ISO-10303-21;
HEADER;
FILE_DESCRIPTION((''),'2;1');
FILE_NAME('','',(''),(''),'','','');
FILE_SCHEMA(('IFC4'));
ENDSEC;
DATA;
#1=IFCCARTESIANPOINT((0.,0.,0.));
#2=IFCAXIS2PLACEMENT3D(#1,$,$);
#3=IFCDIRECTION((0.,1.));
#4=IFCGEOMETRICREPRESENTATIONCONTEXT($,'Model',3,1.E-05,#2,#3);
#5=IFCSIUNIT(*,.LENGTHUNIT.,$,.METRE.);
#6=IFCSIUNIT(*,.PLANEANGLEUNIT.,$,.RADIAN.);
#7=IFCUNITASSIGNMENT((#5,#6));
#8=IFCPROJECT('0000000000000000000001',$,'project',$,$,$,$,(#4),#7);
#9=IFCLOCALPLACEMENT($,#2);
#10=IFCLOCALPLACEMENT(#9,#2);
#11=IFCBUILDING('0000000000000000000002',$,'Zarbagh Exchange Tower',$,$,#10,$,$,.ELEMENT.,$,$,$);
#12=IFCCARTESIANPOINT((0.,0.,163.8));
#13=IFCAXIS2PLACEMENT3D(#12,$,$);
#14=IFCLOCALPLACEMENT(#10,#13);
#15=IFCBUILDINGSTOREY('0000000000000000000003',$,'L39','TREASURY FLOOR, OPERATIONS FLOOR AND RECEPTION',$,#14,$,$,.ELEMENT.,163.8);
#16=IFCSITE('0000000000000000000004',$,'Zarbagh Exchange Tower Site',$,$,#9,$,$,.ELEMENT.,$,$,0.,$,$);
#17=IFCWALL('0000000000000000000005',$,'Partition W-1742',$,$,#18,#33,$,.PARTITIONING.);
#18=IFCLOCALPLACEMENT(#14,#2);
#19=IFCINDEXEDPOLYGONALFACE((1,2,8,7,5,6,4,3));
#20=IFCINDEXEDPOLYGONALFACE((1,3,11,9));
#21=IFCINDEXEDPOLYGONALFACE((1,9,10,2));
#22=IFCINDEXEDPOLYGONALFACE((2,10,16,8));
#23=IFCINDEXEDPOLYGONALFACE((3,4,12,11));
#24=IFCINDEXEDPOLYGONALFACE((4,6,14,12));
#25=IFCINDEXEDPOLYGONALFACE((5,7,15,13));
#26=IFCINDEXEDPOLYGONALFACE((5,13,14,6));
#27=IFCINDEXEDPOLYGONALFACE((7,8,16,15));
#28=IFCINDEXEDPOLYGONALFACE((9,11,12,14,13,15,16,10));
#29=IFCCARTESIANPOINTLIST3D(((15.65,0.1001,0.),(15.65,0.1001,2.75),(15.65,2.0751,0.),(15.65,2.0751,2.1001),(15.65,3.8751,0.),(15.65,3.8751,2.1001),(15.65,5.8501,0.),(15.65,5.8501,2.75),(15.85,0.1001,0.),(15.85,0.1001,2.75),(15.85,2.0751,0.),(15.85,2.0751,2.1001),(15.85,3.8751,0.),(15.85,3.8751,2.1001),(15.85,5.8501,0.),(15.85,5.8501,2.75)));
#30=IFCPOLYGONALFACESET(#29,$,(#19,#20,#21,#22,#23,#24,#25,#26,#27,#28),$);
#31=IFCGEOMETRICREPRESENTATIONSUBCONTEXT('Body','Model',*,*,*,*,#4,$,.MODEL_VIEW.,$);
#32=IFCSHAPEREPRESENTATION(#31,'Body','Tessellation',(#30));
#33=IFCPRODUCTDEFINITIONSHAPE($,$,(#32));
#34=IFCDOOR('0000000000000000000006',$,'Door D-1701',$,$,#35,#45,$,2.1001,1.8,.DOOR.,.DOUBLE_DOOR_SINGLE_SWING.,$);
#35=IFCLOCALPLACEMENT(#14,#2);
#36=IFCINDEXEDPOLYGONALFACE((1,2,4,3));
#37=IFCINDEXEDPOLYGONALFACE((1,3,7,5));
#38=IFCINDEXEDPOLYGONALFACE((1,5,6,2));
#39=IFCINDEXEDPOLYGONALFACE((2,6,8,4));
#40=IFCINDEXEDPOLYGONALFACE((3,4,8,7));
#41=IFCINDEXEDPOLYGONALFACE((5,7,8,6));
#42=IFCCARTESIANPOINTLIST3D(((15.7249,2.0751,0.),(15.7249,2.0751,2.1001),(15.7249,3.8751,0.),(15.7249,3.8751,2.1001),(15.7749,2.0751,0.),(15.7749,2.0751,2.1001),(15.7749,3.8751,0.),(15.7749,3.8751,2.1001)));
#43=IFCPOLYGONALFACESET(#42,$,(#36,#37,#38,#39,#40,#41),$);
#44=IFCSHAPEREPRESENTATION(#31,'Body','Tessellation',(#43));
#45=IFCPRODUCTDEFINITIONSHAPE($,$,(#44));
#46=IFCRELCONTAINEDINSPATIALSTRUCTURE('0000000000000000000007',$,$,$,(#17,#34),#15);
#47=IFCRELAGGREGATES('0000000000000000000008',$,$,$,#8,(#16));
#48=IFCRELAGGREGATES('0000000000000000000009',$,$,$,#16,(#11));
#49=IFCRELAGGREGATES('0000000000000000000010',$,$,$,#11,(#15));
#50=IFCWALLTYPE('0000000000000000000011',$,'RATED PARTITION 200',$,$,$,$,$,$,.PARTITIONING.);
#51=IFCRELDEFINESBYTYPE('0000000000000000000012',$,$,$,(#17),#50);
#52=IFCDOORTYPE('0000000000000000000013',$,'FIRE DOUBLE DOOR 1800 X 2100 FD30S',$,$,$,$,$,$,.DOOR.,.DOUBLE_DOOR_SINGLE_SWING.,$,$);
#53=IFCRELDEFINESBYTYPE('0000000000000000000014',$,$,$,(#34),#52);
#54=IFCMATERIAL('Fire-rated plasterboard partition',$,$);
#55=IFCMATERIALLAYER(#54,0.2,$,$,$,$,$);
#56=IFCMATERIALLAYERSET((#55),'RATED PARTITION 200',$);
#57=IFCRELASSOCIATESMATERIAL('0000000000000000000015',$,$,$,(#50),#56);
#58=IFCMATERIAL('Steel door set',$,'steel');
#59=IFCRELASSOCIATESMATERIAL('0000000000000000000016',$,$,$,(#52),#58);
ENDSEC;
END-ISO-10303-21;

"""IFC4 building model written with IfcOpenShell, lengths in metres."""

from ifc_helpers import new_model, si_unit, direction, frame, frame_2d, origin, place, context, subcontext, project, spatial, rectangle, extrude, material, layer, layer_set, type_object, element, fill, save


model = new_model("IFC4")

# Units and contexts
model_context = context("Model", 3, precision=1e-05, world=origin(), true_north=direction((0.0, 1.0)))
body_context = subcontext(model_context, "Body", "Model", "MODEL_VIEW")
ifc_project = project(units=[si_unit("LENGTHUNIT", "METRE"), si_unit("PLANEANGLEUNIT", "RADIAN")], contexts=[model_context])

# Site, building, storey
site_placement = place(None, origin())
site = spatial("IfcSite", under=ifc_project, at=site_placement, Name="Zarbagh Exchange Tower Site", CompositionType="ELEMENT", RefElevation=0.0)
building_placement = place(site_placement, origin())
building = spatial("IfcBuilding", under=site, at=building_placement, Name="Zarbagh Exchange Tower", CompositionType="ELEMENT")
storey_placement = place(building_placement, frame((0.0, 0.0, 163.8)))
storey = spatial("IfcBuildingStorey", under=building, at=storey_placement, Name="L39", Description="TREASURY FLOOR, OPERATIONS FLOOR AND RECEPTION", CompositionType="ELEMENT", Elevation=163.8)

# Shared definitions
ifc_material_1 = material(Name="Fire-rated plasterboard partition")
ifc_layer = layer(ifc_material_1, 0.2)
ifc_layer_set = layer_set([ifc_layer], Name="RATED PARTITION 200")
wall_type = type_object("IfcWallType", Name="RATED PARTITION 200", PredefinedType="PARTITIONING", material=ifc_layer_set)
ifc_material_2 = material(Name="Steel door set", Category="steel")

# Wall, opening, door
wall_1_placement = place(storey_placement, frame((15.75, 5.8501, 0.0), z_axis=(0.0, 0.0, 1.0), x_axis=(0.0, -1.0, 0.0)))
wall_1 = element("IfcWall", 1, at=wall_1_placement, inside=storey, type_object=wall_type, Name="Partition W-1742", PredefinedType="PARTITIONING", context=body_context, shape_type="SweptSolid", body=[
    extrude(rectangle(XDim=5.75, YDim=0.2, at=frame_2d((2.875, 0.0))), origin(), (0.0, 0.0, 1.0), 2.75),
])
opening_1_placement = place(wall_1_placement, frame((1.9751, 0.0, 0.0)))
opening_1 = element("IfcOpeningElement", 2, at=opening_1_placement, cuts=wall_1, PredefinedType="OPENING", context=body_context, shape_type="SweptSolid", body=[
    extrude(rectangle(XDim=1.8, YDim=2.1001, at=frame_2d((0.8999, 1.05))), frame((0.0, 0.1099, 0.0), z_axis=(0.0, -1.0, 0.0), x_axis=(1.0, 0.0, 0.0)), (0.0, 0.0, 1.0), 0.22),
])
door_type_1 = type_object("IfcDoorType", Name="FIRE DOUBLE DOOR 1800 X 2100 FD30S", OperationType="DOUBLE_DOOR_SINGLE_SWING", PredefinedType="DOOR", material=ifc_material_2)
door_1_placement = place(opening_1_placement, origin())
door_1 = element("IfcDoor", 3, at=door_1_placement, inside=storey, type_object=door_type_1, Name="Door D-1701", OperationType="DOUBLE_DOOR_SINGLE_SWING", OverallHeight=2.1001, OverallWidth=1.8, PredefinedType="DOOR", context=body_context, shape_type="SweptSolid", body=[
    extrude(rectangle(XDim=1.8, YDim=2.1001, at=frame_2d((0.8999, 1.05))), frame((0.0, 0.0249, 0.0), z_axis=(0.0, -1.0, 0.0), x_axis=(1.0, 0.0, 0.0)), (0.0, 0.0, 1.0), 0.05),
])
fill(opening_1, door_1)

save(model, "model.ifc")
